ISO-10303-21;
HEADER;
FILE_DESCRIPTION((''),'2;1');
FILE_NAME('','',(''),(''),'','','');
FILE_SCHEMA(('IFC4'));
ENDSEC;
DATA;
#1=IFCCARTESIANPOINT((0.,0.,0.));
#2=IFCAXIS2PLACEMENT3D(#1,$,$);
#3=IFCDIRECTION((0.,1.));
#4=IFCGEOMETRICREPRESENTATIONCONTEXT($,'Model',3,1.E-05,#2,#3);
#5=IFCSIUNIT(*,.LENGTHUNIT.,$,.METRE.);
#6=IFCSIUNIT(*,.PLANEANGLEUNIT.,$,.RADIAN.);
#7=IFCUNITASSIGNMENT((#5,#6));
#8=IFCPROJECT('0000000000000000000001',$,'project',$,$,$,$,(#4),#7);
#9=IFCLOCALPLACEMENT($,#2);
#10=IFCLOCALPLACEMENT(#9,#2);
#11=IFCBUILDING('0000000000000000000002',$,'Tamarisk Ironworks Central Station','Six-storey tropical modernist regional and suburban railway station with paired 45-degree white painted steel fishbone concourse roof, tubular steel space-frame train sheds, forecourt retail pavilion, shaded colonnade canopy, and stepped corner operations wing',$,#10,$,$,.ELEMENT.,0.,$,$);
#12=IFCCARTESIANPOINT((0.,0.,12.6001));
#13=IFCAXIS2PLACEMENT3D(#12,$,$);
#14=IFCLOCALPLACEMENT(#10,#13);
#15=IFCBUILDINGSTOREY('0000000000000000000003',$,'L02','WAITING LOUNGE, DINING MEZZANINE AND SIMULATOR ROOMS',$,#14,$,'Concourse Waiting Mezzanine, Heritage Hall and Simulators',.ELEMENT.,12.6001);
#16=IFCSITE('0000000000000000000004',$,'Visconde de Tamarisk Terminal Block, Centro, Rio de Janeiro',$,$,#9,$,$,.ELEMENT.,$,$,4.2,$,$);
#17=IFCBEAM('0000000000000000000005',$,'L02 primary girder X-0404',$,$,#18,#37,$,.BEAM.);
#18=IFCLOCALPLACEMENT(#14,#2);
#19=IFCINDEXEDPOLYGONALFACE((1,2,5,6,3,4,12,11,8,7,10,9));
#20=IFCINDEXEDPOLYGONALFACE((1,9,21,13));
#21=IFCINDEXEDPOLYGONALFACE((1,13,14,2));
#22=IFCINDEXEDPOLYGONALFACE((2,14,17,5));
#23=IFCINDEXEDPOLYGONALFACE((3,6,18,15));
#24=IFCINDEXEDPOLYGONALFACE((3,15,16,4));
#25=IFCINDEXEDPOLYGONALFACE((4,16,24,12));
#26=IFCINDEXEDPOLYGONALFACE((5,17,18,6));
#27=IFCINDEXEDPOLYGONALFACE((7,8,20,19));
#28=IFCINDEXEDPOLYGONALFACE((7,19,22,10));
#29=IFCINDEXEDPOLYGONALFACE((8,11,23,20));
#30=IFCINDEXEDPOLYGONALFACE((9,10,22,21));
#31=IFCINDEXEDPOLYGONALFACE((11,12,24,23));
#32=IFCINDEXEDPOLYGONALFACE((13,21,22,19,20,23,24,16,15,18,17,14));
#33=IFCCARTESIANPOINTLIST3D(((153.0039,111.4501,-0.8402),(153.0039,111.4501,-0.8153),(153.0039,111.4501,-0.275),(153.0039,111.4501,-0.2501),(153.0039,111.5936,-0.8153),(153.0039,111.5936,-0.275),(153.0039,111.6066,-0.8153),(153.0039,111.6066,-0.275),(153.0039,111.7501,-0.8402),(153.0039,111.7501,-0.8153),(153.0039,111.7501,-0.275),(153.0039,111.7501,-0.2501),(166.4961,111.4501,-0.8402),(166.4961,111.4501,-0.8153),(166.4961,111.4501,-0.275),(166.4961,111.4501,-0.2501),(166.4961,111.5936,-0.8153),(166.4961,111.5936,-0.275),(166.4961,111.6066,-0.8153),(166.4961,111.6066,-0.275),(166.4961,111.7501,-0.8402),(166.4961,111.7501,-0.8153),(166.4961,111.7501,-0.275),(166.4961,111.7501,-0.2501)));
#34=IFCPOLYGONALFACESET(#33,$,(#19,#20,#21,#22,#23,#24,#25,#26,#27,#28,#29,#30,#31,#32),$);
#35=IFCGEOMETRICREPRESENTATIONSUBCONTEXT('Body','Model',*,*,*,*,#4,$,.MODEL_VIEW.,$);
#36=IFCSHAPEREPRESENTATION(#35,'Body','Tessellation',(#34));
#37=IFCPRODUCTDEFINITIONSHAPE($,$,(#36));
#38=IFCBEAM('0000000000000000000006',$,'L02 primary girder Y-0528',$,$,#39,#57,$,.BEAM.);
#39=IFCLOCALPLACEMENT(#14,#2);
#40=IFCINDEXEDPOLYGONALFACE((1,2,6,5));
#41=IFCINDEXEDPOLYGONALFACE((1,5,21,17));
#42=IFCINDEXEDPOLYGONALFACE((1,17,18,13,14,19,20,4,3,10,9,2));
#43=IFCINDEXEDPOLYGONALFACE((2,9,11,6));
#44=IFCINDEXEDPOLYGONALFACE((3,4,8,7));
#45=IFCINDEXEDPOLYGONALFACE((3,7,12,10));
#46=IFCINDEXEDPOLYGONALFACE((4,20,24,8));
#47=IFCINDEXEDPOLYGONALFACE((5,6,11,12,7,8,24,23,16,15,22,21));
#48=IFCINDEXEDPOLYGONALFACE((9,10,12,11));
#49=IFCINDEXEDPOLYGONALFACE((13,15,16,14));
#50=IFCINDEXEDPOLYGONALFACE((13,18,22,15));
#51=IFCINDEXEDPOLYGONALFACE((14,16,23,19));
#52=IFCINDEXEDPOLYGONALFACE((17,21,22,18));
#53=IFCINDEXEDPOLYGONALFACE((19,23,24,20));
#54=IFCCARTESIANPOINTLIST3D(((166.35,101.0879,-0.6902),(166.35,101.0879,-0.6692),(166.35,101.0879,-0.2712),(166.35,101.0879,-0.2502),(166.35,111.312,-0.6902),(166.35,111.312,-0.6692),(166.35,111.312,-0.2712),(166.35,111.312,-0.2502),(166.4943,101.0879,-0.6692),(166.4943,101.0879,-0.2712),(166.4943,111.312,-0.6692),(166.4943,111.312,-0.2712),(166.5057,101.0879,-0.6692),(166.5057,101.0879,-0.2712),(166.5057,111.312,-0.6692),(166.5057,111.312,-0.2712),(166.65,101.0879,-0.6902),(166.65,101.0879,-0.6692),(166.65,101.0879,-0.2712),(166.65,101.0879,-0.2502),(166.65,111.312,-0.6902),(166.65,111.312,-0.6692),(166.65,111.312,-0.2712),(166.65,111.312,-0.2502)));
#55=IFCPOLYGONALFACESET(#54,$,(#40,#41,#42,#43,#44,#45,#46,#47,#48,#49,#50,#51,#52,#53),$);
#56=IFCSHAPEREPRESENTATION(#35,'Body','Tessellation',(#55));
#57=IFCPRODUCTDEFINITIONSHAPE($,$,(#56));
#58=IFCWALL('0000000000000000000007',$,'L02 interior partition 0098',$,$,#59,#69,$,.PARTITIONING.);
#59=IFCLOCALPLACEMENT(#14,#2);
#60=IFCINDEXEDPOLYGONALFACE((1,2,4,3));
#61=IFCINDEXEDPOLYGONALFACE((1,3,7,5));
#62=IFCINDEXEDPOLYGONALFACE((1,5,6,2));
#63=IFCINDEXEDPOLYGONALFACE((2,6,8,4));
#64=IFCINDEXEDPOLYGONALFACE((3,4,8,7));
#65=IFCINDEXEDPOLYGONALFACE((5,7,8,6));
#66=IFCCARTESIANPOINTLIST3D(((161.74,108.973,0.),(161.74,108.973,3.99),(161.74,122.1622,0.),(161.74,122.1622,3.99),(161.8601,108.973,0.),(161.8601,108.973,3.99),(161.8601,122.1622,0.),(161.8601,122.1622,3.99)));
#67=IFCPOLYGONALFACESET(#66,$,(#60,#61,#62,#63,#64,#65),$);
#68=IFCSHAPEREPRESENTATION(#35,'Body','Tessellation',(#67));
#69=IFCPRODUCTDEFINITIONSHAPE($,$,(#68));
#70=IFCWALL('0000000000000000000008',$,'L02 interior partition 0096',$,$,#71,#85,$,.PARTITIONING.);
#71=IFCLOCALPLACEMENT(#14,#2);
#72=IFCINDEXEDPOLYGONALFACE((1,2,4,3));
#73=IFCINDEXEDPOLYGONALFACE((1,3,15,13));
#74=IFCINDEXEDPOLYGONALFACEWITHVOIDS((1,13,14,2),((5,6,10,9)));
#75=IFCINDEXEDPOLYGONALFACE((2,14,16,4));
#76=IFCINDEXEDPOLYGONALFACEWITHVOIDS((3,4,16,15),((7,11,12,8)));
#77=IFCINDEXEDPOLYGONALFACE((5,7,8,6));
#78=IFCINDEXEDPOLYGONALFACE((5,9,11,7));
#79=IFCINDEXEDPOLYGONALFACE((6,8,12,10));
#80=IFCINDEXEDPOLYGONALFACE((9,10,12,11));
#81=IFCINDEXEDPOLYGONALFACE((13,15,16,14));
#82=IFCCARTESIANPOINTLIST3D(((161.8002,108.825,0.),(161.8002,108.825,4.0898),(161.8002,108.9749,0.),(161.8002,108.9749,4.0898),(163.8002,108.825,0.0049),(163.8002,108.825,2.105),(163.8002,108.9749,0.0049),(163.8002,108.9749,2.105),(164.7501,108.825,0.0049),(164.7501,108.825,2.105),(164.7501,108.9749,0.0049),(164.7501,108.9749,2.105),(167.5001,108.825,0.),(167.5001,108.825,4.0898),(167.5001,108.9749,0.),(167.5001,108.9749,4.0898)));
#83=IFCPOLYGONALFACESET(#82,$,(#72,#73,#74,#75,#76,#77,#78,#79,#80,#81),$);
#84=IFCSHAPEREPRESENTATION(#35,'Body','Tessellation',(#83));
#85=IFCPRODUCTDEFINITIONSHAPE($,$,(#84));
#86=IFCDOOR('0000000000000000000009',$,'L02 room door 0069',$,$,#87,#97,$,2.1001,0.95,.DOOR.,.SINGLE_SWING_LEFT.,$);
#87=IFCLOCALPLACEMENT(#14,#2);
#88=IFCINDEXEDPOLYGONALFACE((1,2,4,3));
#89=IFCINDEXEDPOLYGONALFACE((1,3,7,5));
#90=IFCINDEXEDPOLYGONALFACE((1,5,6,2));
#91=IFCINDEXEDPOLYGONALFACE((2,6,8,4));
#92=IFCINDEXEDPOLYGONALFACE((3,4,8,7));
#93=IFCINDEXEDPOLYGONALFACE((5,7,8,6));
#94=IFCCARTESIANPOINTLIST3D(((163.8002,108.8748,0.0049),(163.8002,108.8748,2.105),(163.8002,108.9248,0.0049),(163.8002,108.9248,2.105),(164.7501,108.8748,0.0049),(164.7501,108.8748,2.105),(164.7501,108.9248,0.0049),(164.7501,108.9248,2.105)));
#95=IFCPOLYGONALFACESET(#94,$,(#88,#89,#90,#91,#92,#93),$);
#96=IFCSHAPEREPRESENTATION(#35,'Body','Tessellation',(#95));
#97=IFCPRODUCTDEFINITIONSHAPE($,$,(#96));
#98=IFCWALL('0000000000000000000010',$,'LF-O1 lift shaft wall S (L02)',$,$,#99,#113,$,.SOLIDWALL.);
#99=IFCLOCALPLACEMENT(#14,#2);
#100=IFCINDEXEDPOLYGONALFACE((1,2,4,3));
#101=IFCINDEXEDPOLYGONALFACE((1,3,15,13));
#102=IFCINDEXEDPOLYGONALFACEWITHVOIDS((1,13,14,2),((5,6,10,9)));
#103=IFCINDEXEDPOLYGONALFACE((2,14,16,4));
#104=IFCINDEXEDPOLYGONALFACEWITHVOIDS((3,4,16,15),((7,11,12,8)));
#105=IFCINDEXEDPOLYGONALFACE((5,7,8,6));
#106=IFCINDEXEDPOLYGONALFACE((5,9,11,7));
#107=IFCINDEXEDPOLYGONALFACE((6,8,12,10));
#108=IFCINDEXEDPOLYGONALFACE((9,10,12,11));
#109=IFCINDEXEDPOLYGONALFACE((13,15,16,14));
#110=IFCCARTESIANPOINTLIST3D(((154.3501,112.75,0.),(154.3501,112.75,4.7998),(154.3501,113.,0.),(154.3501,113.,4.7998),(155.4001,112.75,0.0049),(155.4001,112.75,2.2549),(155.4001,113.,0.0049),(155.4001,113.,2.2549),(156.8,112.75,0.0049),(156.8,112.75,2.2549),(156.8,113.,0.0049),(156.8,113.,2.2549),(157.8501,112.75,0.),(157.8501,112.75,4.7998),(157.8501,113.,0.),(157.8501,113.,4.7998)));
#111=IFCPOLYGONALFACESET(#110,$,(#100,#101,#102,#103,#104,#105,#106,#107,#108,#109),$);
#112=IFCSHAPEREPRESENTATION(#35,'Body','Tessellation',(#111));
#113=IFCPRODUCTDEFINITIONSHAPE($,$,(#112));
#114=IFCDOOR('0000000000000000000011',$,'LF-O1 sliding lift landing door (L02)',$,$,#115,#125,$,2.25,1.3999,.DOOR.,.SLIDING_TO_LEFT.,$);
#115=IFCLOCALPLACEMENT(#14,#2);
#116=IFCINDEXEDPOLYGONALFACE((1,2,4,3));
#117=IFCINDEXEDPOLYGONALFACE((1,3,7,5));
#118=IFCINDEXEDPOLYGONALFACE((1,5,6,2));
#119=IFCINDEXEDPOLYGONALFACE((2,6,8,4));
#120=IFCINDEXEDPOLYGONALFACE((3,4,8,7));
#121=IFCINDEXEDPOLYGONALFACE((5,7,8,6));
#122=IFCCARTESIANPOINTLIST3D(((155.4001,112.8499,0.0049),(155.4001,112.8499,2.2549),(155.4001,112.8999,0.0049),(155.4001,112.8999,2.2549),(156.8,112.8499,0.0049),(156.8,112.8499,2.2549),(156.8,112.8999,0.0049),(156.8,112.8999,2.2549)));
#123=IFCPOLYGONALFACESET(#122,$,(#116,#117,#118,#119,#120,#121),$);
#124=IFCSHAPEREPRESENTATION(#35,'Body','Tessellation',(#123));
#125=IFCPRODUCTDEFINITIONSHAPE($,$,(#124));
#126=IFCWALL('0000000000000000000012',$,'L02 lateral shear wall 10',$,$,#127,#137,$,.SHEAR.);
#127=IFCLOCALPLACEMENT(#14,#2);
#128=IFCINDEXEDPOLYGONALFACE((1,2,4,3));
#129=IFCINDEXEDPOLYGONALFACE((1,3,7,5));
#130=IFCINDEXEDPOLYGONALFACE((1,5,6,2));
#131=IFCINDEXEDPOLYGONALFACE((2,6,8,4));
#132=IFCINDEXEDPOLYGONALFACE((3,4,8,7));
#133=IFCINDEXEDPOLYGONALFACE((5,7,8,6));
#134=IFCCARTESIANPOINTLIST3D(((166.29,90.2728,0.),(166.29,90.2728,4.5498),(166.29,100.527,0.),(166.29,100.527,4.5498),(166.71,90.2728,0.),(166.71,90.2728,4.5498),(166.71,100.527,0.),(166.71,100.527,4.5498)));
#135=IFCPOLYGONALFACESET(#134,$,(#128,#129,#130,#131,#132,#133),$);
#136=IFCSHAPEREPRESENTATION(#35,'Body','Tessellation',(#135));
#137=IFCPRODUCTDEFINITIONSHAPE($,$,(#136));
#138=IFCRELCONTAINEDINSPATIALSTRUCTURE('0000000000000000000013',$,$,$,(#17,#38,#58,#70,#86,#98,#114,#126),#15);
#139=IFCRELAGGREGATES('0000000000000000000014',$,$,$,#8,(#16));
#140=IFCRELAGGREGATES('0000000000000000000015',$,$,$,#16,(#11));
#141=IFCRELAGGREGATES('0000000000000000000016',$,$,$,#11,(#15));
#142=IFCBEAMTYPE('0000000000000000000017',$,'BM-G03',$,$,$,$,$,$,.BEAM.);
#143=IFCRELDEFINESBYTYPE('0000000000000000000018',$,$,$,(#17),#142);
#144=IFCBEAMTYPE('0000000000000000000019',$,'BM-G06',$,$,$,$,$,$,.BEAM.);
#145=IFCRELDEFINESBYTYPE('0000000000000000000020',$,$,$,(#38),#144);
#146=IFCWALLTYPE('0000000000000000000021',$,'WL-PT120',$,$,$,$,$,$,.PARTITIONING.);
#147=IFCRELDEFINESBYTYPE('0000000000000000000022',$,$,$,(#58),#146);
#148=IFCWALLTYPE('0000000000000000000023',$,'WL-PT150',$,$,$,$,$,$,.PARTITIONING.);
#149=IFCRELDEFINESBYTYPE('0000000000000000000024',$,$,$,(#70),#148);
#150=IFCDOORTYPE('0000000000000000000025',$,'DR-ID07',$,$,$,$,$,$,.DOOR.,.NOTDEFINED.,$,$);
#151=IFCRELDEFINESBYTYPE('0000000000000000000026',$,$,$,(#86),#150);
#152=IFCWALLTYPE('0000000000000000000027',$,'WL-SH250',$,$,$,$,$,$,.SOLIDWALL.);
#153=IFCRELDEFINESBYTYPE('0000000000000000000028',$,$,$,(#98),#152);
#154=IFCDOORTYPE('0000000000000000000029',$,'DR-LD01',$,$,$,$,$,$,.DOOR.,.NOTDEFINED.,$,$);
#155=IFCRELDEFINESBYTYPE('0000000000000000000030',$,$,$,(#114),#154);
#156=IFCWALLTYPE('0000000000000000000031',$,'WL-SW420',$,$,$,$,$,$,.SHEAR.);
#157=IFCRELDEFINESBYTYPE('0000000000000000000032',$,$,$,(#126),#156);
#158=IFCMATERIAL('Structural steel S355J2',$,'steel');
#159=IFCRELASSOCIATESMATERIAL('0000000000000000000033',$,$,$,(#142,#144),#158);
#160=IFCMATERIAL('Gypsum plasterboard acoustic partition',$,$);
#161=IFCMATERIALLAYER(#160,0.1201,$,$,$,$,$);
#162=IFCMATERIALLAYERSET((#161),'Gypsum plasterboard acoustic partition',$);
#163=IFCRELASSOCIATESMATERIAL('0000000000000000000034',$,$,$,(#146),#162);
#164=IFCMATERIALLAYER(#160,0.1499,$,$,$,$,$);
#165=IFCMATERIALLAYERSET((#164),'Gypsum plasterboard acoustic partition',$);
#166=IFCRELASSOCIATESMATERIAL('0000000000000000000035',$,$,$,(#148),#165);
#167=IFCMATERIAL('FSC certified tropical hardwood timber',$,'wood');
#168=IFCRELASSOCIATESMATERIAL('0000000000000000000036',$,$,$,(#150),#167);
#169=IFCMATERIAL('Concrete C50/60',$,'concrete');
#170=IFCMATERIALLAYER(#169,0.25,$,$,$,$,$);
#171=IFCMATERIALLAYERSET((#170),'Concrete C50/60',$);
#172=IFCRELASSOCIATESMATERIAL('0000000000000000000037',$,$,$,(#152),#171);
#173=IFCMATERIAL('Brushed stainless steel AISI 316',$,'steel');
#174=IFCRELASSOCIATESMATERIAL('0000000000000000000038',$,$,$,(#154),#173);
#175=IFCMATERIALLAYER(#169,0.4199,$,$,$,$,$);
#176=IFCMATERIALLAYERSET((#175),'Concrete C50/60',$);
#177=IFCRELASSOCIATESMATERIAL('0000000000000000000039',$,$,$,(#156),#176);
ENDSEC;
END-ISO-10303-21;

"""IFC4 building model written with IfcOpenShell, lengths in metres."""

from ifc_helpers import new_model, si_unit, direction, frame, frame_2d, origin, origin_2d, place, context, subcontext, project, spatial, rectangle, i_section, extrude, material, layer, layer_set, material_profile, profile_set, type_object, element, fill, save


model = new_model("IFC4")

# Units and contexts
model_context = context("Model", 3, precision=1e-05, world=origin(), true_north=direction((0.0, 1.0)))
body_context = subcontext(model_context, "Body", "Model", "MODEL_VIEW")
ifc_project = project(units=[si_unit("LENGTHUNIT", "METRE"), si_unit("PLANEANGLEUNIT", "RADIAN")], contexts=[model_context])

# Site, building, storey
site_placement = place(None, origin())
site = spatial("IfcSite", under=ifc_project, at=site_placement, Name="Visconde de Tamarisk Terminal Block, Centro, Rio de Janeiro", CompositionType="ELEMENT", RefElevation=4.2)
building_placement = place(site_placement, origin())
building = spatial("IfcBuilding", under=site, at=building_placement, Name="Tamarisk Ironworks Central Station", Description="Six-storey tropical modernist regional and suburban railway station with paired 45-degree white painted steel fishbone concourse roof, tubular steel space-frame train sheds, forecourt retail pavilion, shaded colonnade canopy, and stepped corner operations wing", CompositionType="ELEMENT", ElevationOfRefHeight=0.0)
storey_placement = place(building_placement, frame((0.0, 0.0, 12.6001)))
storey = spatial("IfcBuildingStorey", under=building, at=storey_placement, Name="L02", Description="WAITING LOUNGE, DINING MEZZANINE AND SIMULATOR ROOMS", LongName="Concourse Waiting Mezzanine, Heritage Hall and Simulators", CompositionType="ELEMENT", Elevation=12.6001)

# Shared definitions
ifc_material_1 = material(Name="Structural steel S355J2", Category="steel")

# Beams
ifc_material_profile_1 = material_profile(ifc_material_1, i_section(OverallWidth=0.3, OverallDepth=0.5901, WebThickness=0.0129, FlangeThickness=0.0249, at=origin_2d()), Name="HEA 600")
ifc_profile_set_1 = profile_set([ifc_material_profile_1], Name="Structural steel S355J2")
beam_type_1 = type_object("IfcBeamType", Name="BM-G03", PredefinedType="BEAM", material=ifc_profile_set_1)
for number, where, z_axis, x_axis, name in (
    (1, (153.0039, 111.6001, -0.5452), (1.0, 0.0, 0.0), (0.0, 1.0, 0.0), "L02 primary girder X-0404"),
):
    element("IfcBeam", number, at=place(storey_placement, frame(where, z_axis=z_axis, x_axis=x_axis)), inside=storey, type_object=beam_type_1, Name=name, PredefinedType="BEAM", context=body_context, shape_type="SweptSolid", body=[
        extrude(i_section(OverallWidth=0.3, OverallDepth=0.5901, WebThickness=0.0129, FlangeThickness=0.0249, at=origin_2d()), origin(), (0.0, 0.0, 1.0), 13.4922),
    ])
ifc_material_profile_2 = material_profile(ifc_material_1, i_section(OverallWidth=0.3, OverallDepth=0.4399, WebThickness=0.0115, FlangeThickness=0.021, at=origin_2d()), Name="HEA 450")
ifc_profile_set_2 = profile_set([ifc_material_profile_2], Name="Structural steel S355J2")
beam_type_2 = type_object("IfcBeamType", Name="BM-G06", PredefinedType="BEAM", material=ifc_profile_set_2)
beam_placement = place(storey_placement, frame((166.5, 101.0879, -0.4702), z_axis=(0.0, 1.0, 0.0), x_axis=(-1.0, 0.0, 0.0)))
element("IfcBeam", 2, at=beam_placement, inside=storey, type_object=beam_type_2, Name="L02 primary girder Y-0528", PredefinedType="BEAM", context=body_context, shape_type="SweptSolid", body=[
    extrude(i_section(OverallWidth=0.3, OverallDepth=0.4399, WebThickness=0.0115, FlangeThickness=0.021, at=origin_2d()), origin(), (0.0, 0.0, 1.0), 10.2241),
])

# Wall
ifc_material_2 = material(Name="Gypsum plasterboard acoustic partition")
ifc_layer_1 = layer(ifc_material_2, 0.1201)
ifc_layer_set_1 = layer_set([ifc_layer_1], Name="Gypsum plasterboard acoustic partition")
wall_type_1 = type_object("IfcWallType", Name="WL-PT120", PredefinedType="PARTITIONING", material=ifc_layer_set_1)
wall_1_placement = place(storey_placement, frame((161.8, 108.9729, 0.0), z_axis=(0.0, 0.0, 1.0), x_axis=(0.0, 1.0, 0.0)))
element("IfcWall", 3, at=wall_1_placement, inside=storey, type_object=wall_type_1, Name="L02 interior partition 0098", PredefinedType="PARTITIONING", context=body_context, shape_type="SweptSolid", body=[
    extrude(rectangle(XDim=13.1892, YDim=0.1201, at=frame_2d((6.5947, 0.0))), origin(), (0.0, 0.0, 1.0), 3.99),
])

# Walls, openings, doors
ifc_layer_2 = layer(ifc_material_2, 0.1499)
ifc_layer_set_2 = layer_set([ifc_layer_2], Name="Gypsum plasterboard acoustic partition")
wall_type_2 = type_object("IfcWallType", Name="WL-PT150", PredefinedType="PARTITIONING", material=ifc_layer_set_2)
wall_2_placement = place(storey_placement, frame((161.8, 108.8999, 0.0), z_axis=(0.0, 0.0, 1.0), x_axis=(1.0, 0.0, 0.0)))
wall_2 = element("IfcWall", 4, at=wall_2_placement, inside=storey, type_object=wall_type_2, Name="L02 interior partition 0096", PredefinedType="PARTITIONING", context=body_context, shape_type="SweptSolid", body=[
    extrude(rectangle(XDim=5.7, YDim=0.1499, at=frame_2d((2.8501, 0.0))), origin(), (0.0, 0.0, 1.0), 4.0898),
])
opening_1_placement = place(wall_2_placement, frame((2.0, 0.0, 0.0049)))
opening_1 = element("IfcOpeningElement", 5, at=opening_1_placement, cuts=wall_2, PredefinedType="OPENING", context=body_context, shape_type="SweptSolid", body=[
    extrude(rectangle(XDim=0.95, YDim=2.1001, at=frame_2d((0.4751, 1.05))), frame((0.0, 0.0869, 0.0), z_axis=(0.0, -1.0, 0.0), x_axis=(1.0, 0.0, 0.0)), (0.0, 0.0, 1.0), 0.1738),
])
ifc_material_3 = material(Name="FSC certified tropical hardwood timber", Category="wood")
door_type_1 = type_object("IfcDoorType", Name="DR-ID07", OperationType="NOTDEFINED", PredefinedType="DOOR", material=ifc_material_3)
door_1_placement = place(opening_1_placement, origin())
door_1 = element("IfcDoor", 6, at=door_1_placement, inside=storey, type_object=door_type_1, Name="L02 room door 0069", OperationType="SINGLE_SWING_LEFT", OverallHeight=2.1001, OverallWidth=0.95, PredefinedType="DOOR", context=body_context, shape_type="SweptSolid", body=[
    extrude(rectangle(XDim=0.95, YDim=2.1001, at=frame_2d((0.4751, 1.05))), frame((0.0, 0.0249, 0.0), z_axis=(0.0, -1.0, 0.0), x_axis=(1.0, 0.0, 0.0)), (0.0, 0.0, 1.0), 0.05),
])
fill(opening_1, door_1)
ifc_material_4 = material(Name="Concrete C50/60", Category="concrete")
ifc_layer_3 = layer(ifc_material_4, 0.25)
ifc_layer_set_3 = layer_set([ifc_layer_3], Name="Concrete C50/60")
wall_type_3 = type_object("IfcWallType", Name="WL-SH250", PredefinedType="SOLIDWALL", material=ifc_layer_set_3)
wall_3_placement = place(storey_placement, frame((154.3501, 112.875, 0.0), z_axis=(0.0, 0.0, 1.0), x_axis=(1.0, 0.0, 0.0)))
wall_3 = element("IfcWall", 7, at=wall_3_placement, inside=storey, type_object=wall_type_3, Name="LF-O1 lift shaft wall S (L02)", PredefinedType="SOLIDWALL", context=body_context, shape_type="SweptSolid", body=[
    extrude(rectangle(XDim=3.5, YDim=0.25, at=frame_2d((1.75, 0.0))), origin(), (0.0, 0.0, 1.0), 4.7998),
])
opening_2_placement = place(wall_3_placement, frame((1.05, 0.0, 0.0049)))
opening_2 = element("IfcOpeningElement", 8, at=opening_2_placement, cuts=wall_3, PredefinedType="OPENING", context=body_context, shape_type="SweptSolid", body=[
    extrude(rectangle(XDim=1.3999, YDim=2.25, at=frame_2d((0.7, 1.125))), frame((0.0, 0.137, 0.0), z_axis=(0.0, -1.0, 0.0), x_axis=(1.0, 0.0, 0.0)), (0.0, 0.0, 1.0), 0.2739),
])
ifc_material_5 = material(Name="Brushed stainless steel AISI 316", Category="steel")
door_type_2 = type_object("IfcDoorType", Name="DR-LD01", OperationType="NOTDEFINED", PredefinedType="DOOR", material=ifc_material_5)
door_2_placement = place(opening_2_placement, origin())
door_2 = element("IfcDoor", 9, at=door_2_placement, inside=storey, type_object=door_type_2, Name="LF-O1 sliding lift landing door (L02)", OperationType="SLIDING_TO_LEFT", OverallHeight=2.25, OverallWidth=1.3999, PredefinedType="DOOR", context=body_context, shape_type="SweptSolid", body=[
    extrude(rectangle(XDim=1.3999, YDim=2.25, at=frame_2d((0.7, 1.125))), frame((0.0, 0.0249, 0.0), z_axis=(0.0, -1.0, 0.0), x_axis=(1.0, 0.0, 0.0)), (0.0, 0.0, 1.0), 0.05),
])
fill(opening_2, door_2)

# Wall
ifc_layer_4 = layer(ifc_material_4, 0.4199)
ifc_layer_set_4 = layer_set([ifc_layer_4], Name="Concrete C50/60")
wall_type_4 = type_object("IfcWallType", Name="WL-SW420", PredefinedType="SHEAR", material=ifc_layer_set_4)
wall_4_placement = place(storey_placement, frame((166.5, 90.2729, 0.0), z_axis=(0.0, 0.0, 1.0), x_axis=(0.0, 1.0, 0.0)))
element("IfcWall", 10, at=wall_4_placement, inside=storey, type_object=wall_type_4, Name="L02 lateral shear wall 10", PredefinedType="SHEAR", context=body_context, shape_type="SweptSolid", body=[
    extrude(rectangle(XDim=10.2542, YDim=0.4199, at=frame_2d((5.127, 0.0))), origin(), (0.0, 0.0, 1.0), 4.5498),
])

save(model, "model.ifc")
